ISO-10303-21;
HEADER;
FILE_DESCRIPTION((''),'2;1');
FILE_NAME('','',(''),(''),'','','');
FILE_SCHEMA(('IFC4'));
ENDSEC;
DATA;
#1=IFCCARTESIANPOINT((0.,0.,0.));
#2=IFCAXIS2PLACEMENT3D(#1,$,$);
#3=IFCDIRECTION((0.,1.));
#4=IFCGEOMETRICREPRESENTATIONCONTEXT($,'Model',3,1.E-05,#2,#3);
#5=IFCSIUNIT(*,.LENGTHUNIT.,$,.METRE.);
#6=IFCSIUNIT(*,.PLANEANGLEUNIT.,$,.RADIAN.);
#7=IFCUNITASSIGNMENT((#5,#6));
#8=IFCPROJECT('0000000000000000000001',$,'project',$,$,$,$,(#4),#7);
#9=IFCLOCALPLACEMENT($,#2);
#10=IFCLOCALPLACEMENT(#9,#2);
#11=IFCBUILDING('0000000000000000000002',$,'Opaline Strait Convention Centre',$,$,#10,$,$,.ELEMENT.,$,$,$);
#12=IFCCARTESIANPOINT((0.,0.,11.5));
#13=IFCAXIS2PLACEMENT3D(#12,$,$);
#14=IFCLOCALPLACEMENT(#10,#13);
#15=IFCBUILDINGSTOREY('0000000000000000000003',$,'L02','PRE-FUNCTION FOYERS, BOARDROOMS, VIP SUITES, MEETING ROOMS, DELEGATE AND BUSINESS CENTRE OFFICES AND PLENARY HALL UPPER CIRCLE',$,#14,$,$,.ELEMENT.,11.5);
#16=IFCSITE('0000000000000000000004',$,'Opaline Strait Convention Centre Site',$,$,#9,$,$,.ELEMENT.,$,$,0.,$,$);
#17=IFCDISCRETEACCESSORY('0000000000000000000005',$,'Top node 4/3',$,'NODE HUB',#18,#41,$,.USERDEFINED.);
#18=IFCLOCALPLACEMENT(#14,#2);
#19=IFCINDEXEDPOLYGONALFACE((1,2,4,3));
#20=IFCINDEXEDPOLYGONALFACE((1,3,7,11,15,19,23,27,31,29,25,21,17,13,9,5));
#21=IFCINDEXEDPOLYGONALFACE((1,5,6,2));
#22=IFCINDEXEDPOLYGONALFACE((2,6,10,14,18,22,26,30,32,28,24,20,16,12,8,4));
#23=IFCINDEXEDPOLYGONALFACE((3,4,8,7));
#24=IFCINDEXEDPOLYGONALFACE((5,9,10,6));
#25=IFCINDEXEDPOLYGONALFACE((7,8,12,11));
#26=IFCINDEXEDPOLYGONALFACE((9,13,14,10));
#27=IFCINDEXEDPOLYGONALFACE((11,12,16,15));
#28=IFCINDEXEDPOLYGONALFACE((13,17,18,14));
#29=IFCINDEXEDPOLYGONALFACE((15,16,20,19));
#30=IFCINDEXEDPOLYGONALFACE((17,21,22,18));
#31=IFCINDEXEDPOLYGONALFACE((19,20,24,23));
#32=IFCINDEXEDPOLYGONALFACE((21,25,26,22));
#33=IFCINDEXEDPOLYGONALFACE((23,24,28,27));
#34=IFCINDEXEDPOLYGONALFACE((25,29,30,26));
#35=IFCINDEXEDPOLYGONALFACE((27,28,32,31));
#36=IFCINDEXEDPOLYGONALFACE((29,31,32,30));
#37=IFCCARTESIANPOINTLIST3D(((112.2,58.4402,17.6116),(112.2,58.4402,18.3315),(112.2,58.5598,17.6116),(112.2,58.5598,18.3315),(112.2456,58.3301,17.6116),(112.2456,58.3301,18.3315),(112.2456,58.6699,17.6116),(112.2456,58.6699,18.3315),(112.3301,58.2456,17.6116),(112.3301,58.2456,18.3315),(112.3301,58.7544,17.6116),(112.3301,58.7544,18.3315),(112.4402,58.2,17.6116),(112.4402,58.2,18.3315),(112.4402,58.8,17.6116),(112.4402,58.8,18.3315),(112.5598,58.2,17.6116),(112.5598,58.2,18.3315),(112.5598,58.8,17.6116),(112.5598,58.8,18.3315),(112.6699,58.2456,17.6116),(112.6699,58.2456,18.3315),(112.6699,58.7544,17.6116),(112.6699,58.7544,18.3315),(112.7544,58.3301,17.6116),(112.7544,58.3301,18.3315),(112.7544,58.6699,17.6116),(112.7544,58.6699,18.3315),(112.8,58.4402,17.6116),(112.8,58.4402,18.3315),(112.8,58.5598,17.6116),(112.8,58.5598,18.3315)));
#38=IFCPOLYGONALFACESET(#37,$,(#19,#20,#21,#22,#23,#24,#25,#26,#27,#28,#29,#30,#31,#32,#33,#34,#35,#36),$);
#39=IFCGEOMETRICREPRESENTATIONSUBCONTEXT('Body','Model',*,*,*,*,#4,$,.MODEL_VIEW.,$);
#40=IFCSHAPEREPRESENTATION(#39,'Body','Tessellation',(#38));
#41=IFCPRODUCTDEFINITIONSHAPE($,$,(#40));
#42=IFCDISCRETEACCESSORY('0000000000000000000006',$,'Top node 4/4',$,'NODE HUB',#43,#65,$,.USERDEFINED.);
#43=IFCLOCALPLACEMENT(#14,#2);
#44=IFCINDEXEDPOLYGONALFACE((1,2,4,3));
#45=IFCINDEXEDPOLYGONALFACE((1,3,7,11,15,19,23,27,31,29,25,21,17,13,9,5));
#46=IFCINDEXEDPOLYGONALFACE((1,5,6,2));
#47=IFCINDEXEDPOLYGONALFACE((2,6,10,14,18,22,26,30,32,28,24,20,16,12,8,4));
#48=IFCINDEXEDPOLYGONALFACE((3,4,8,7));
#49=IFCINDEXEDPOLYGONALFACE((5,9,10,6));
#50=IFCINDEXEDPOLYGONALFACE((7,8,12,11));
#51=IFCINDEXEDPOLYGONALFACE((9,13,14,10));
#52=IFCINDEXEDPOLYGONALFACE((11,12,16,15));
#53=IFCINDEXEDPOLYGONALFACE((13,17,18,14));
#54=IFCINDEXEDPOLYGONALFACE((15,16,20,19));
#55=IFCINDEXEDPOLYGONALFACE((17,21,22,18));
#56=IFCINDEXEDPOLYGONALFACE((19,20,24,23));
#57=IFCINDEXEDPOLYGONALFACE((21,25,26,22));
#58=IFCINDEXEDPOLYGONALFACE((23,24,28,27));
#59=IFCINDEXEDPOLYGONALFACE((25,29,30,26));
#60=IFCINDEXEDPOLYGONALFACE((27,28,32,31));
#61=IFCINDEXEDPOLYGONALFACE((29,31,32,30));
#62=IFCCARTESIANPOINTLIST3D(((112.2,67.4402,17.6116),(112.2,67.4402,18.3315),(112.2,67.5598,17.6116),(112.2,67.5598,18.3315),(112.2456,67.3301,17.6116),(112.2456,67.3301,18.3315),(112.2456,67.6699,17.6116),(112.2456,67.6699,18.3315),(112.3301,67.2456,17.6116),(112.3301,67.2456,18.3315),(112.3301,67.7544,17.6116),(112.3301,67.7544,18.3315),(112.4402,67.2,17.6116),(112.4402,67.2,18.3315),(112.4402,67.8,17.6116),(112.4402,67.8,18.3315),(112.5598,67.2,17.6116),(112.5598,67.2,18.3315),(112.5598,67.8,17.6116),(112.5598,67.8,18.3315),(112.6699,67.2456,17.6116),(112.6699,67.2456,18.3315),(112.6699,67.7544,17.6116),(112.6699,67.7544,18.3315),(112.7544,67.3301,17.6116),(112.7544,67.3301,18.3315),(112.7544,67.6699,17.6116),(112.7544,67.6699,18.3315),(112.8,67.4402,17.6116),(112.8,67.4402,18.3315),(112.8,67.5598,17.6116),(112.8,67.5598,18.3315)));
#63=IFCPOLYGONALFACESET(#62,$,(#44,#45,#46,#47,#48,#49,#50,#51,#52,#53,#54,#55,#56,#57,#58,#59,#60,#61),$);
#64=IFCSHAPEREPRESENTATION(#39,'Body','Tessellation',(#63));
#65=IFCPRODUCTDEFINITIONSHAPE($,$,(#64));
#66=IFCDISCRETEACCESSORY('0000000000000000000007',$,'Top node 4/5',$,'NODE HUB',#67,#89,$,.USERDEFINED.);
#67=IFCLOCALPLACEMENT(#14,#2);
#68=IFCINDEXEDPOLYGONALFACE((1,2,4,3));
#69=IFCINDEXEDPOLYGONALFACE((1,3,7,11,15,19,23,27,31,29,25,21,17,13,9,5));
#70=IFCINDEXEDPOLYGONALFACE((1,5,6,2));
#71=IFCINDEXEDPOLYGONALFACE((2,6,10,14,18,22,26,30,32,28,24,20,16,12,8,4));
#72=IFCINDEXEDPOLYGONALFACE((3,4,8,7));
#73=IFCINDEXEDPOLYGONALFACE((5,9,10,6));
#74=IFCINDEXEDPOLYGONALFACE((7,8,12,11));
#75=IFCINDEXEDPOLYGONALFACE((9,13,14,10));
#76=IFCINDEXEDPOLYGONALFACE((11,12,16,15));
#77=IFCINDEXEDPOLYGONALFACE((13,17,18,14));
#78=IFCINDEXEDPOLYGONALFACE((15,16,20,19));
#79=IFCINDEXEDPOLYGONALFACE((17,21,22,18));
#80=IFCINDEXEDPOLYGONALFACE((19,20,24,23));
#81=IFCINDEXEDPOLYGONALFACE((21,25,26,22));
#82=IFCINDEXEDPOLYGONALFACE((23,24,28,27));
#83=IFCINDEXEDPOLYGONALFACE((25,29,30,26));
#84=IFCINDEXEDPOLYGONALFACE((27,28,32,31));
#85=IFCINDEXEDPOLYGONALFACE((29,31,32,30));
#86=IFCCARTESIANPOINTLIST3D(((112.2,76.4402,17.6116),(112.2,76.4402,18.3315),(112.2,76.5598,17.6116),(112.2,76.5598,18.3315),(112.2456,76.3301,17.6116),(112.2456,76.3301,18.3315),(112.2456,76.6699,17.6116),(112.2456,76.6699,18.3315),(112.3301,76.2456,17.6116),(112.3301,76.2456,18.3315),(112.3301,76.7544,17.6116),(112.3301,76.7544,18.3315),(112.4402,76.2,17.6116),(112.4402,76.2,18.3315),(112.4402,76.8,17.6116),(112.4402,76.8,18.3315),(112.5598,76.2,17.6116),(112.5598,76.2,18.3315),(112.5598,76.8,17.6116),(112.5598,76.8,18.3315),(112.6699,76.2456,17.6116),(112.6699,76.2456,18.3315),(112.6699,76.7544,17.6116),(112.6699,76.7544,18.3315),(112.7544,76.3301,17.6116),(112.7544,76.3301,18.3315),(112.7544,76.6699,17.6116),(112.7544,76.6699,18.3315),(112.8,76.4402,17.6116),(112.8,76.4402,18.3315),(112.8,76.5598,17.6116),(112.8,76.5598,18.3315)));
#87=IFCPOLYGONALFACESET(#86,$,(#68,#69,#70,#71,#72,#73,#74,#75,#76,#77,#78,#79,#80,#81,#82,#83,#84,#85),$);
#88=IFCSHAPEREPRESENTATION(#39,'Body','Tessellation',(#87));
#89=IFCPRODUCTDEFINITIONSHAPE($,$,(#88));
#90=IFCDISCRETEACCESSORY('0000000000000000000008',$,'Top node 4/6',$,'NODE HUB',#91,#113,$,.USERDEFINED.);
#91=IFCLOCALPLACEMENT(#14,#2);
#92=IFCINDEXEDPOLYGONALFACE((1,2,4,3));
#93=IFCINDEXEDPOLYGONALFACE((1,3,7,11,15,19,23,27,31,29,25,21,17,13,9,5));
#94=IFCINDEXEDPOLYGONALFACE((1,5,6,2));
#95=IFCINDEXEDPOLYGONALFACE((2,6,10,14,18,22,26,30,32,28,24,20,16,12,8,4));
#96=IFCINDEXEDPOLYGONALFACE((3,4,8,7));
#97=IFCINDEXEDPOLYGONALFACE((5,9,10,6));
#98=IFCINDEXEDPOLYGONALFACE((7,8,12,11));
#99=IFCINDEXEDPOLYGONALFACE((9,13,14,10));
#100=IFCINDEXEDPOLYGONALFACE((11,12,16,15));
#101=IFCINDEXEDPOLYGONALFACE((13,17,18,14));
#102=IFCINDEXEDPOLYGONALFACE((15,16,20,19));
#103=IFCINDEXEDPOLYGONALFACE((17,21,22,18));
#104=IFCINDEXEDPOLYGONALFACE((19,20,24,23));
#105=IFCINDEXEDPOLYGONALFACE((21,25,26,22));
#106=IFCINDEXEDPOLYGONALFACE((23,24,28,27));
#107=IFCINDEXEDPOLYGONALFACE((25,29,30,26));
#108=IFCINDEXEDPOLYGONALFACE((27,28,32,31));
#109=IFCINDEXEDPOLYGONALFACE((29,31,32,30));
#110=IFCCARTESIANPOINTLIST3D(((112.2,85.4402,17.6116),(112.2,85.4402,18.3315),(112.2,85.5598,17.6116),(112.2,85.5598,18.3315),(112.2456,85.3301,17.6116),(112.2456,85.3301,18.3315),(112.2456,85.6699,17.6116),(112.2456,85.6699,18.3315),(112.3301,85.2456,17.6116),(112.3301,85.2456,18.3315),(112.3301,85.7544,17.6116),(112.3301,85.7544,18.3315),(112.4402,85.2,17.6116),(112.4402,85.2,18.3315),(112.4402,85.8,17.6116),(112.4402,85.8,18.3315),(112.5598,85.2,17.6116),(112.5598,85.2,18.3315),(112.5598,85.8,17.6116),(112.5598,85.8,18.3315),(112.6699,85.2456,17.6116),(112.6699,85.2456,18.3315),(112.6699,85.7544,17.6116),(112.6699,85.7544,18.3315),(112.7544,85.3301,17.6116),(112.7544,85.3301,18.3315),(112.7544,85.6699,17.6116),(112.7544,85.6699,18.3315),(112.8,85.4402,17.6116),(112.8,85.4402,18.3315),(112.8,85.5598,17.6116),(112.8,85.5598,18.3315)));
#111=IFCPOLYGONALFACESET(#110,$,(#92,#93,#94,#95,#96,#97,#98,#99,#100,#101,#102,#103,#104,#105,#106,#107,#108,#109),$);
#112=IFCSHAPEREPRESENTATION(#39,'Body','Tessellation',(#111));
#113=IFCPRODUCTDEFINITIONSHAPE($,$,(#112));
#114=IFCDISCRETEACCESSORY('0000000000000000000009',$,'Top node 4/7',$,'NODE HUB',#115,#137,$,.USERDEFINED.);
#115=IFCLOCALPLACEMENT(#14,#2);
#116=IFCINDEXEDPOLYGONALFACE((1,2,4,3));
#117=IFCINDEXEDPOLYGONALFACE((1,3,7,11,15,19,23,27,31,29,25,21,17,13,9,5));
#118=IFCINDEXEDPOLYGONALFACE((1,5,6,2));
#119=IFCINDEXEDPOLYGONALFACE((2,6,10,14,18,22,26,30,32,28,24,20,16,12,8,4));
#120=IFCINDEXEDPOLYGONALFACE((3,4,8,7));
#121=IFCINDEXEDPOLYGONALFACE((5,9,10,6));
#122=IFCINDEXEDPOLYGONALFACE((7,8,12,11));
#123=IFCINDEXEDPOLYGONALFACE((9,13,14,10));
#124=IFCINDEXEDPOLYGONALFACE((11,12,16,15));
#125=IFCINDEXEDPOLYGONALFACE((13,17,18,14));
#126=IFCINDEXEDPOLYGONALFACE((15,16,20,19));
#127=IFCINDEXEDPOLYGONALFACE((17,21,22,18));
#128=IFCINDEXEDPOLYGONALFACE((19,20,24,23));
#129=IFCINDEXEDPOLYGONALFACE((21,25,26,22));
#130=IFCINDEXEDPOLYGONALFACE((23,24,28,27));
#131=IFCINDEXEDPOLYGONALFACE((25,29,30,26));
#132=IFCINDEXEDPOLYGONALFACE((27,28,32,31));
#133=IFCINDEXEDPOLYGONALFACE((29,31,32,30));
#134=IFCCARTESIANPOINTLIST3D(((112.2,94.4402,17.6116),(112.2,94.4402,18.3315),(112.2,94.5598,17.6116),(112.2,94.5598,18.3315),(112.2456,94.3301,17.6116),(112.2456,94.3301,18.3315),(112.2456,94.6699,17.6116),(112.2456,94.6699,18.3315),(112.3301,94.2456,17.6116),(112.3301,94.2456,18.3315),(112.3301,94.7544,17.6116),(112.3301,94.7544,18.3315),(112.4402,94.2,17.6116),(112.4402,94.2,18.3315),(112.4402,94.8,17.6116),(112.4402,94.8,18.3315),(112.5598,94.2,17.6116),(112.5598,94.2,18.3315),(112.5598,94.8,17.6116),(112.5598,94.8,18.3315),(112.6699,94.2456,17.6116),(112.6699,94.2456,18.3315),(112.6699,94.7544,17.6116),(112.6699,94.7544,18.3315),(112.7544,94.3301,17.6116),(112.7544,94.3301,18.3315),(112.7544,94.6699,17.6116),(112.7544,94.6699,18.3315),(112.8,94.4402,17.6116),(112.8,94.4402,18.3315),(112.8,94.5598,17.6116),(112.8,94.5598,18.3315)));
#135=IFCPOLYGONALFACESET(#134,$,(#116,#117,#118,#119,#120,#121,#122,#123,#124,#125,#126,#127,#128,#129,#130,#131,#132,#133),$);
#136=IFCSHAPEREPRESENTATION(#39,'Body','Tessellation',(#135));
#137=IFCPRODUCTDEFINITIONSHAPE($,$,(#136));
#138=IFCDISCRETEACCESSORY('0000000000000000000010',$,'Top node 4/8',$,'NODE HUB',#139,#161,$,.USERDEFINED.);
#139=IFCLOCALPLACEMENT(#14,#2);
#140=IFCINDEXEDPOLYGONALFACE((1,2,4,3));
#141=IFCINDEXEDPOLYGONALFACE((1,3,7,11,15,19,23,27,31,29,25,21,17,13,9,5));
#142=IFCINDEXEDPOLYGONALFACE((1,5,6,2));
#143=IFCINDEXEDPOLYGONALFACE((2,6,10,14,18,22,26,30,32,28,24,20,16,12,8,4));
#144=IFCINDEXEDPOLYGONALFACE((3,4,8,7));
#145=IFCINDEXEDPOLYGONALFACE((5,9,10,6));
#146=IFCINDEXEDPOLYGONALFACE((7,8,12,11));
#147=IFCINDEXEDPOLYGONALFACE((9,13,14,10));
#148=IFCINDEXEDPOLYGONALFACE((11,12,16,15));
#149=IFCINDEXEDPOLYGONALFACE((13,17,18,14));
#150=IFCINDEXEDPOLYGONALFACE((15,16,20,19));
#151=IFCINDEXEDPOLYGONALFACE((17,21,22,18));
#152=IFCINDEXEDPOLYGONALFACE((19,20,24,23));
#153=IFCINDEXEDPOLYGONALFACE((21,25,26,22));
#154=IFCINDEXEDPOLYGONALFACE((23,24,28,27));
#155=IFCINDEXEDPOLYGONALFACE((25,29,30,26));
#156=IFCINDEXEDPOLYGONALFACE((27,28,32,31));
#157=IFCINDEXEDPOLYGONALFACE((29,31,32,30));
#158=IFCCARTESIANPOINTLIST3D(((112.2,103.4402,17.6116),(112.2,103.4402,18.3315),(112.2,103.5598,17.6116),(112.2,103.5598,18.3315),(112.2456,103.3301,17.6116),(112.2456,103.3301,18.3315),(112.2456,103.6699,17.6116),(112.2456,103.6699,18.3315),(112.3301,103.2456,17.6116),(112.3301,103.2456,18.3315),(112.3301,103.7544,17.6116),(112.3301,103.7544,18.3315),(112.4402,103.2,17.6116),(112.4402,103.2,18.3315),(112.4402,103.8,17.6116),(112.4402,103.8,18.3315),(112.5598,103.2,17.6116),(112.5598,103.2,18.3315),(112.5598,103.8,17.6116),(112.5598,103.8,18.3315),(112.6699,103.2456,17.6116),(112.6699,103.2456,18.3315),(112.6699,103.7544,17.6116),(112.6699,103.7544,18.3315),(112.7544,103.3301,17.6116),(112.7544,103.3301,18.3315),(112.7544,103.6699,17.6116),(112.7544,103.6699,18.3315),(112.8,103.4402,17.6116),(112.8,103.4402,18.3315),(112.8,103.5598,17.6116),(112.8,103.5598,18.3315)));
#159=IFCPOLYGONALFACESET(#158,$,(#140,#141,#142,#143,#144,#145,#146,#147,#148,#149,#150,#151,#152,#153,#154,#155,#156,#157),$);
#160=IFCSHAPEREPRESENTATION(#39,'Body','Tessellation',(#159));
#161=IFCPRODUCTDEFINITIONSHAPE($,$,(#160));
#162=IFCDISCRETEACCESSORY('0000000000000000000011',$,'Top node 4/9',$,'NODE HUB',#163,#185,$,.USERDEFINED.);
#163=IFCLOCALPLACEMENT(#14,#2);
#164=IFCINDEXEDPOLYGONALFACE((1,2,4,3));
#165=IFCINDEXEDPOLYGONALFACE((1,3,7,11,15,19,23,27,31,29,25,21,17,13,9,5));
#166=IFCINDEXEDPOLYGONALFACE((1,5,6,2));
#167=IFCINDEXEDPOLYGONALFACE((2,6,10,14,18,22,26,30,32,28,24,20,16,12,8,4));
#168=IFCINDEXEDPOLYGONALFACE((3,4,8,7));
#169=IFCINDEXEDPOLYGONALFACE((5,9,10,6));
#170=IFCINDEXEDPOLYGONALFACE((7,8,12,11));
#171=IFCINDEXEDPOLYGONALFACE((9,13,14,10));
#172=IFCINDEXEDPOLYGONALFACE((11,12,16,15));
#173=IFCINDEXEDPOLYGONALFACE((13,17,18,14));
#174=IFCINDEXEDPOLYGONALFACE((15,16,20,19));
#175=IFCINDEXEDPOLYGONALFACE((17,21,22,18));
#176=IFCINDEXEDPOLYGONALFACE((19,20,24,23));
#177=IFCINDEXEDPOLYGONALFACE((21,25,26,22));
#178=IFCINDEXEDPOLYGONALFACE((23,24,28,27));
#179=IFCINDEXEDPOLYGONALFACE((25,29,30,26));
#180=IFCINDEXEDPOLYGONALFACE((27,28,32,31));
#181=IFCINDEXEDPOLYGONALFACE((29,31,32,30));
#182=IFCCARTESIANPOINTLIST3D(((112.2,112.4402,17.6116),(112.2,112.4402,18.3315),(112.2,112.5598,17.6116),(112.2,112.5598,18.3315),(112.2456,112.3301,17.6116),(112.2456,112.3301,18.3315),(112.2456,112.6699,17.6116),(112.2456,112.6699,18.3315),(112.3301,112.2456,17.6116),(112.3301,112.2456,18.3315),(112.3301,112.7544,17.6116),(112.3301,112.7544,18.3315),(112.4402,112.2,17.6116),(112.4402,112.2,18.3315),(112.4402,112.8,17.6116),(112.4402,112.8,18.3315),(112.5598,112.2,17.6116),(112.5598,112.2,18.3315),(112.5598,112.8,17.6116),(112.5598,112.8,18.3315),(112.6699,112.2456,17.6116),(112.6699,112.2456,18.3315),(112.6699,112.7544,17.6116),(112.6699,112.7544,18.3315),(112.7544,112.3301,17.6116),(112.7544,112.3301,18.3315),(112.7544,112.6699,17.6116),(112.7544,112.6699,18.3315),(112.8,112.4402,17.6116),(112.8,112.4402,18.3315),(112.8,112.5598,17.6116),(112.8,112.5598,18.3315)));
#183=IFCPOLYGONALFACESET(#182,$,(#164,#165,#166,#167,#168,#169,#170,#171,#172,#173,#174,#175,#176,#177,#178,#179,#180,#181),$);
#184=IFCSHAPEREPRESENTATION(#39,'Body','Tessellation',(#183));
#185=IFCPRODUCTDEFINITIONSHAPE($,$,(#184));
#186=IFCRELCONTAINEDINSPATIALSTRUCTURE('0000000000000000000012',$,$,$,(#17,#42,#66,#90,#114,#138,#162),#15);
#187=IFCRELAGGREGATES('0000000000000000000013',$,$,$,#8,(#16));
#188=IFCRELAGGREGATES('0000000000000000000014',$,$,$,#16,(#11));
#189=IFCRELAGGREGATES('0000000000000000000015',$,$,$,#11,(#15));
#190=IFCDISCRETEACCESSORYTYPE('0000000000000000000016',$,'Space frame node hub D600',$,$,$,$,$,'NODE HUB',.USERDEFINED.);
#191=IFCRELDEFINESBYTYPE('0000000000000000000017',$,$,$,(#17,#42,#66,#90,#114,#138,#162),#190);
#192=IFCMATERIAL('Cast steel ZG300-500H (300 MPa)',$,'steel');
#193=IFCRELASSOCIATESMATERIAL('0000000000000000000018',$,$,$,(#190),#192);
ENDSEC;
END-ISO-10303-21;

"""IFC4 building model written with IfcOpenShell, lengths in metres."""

from ifc_helpers import new_model, si_unit, direction, frame, origin, place, context, subcontext, project, spatial, polyline, outline, extrude, material, type_object, element, save


model = new_model("IFC4")

# Units and contexts
model_context = context("Model", 3, precision=1e-05, world=origin(), true_north=direction((0.0, 1.0)))
body_context = subcontext(model_context, "Body", "Model", "MODEL_VIEW")
ifc_project = project(units=[si_unit("LENGTHUNIT", "METRE"), si_unit("PLANEANGLEUNIT", "RADIAN")], contexts=[model_context])

# Site, building, storey
site_placement = place(None, origin())
site = spatial("IfcSite", under=ifc_project, at=site_placement, Name="Opaline Strait Convention Centre Site", CompositionType="ELEMENT", RefElevation=0.0)
building_placement = place(site_placement, origin())
building = spatial("IfcBuilding", under=site, at=building_placement, Name="Opaline Strait Convention Centre", CompositionType="ELEMENT")
storey_placement = place(building_placement, frame((0.0, 0.0, 11.5)))
storey = spatial("IfcBuildingStorey", under=building, at=storey_placement, Name="L02", Description="PRE-FUNCTION FOYERS, BOARDROOMS, VIP SUITES, MEETING ROOMS, DELEGATE AND BUSINESS CENTRE OFFICES AND PLENARY HALL UPPER CIRCLE", CompositionType="ELEMENT", Elevation=11.5)

# Discrete accessories
ifc_material = material(Name="Cast steel ZG300-500H (300 MPa)", Category="steel")
discrete_accessory_type = type_object("IfcDiscreteAccessoryType", Name="Space frame node hub D600", ElementType="NODE HUB", PredefinedType="USERDEFINED", material=ifc_material)
discrete_accessory_1_placement = place(storey_placement, frame((0.0, 0.0, 17.6116)))
element("IfcDiscreteAccessory", 1, at=discrete_accessory_1_placement, inside=storey, type_object=discrete_accessory_type, Name="Top node 4/3", ObjectType="NODE HUB", PredefinedType="USERDEFINED", context=body_context, shape_type="SweptSolid", body=[
    extrude(outline(polyline([(112.8, 58.5598), (112.7544, 58.6699), (112.6699, 58.7544), (112.5598, 58.8), (112.4402, 58.8), (112.3301, 58.7544), (112.2456, 58.6699), (112.2, 58.5598), (112.2, 58.4402), (112.2456, 58.3301), (112.3301, 58.2456), (112.4402, 58.2), (112.5598, 58.2), (112.6699, 58.2456), (112.7544, 58.3301), (112.8, 58.4402), (112.8, 58.5598)])), origin(), (0.0, 0.0, 1.0), 0.72),
])
discrete_accessory_2_placement = place(storey_placement, frame((0.0, 0.0, 17.6116)))
element("IfcDiscreteAccessory", 2, at=discrete_accessory_2_placement, inside=storey, type_object=discrete_accessory_type, Name="Top node 4/4", ObjectType="NODE HUB", PredefinedType="USERDEFINED", context=body_context, shape_type="SweptSolid", body=[
    extrude(outline(polyline([(112.8, 67.5598), (112.7544, 67.6699), (112.6699, 67.7544), (112.5598, 67.8), (112.4402, 67.8), (112.3301, 67.7544), (112.2456, 67.6699), (112.2, 67.5598), (112.2, 67.4402), (112.2456, 67.3301), (112.3301, 67.2456), (112.4402, 67.2), (112.5598, 67.2), (112.6699, 67.2456), (112.7544, 67.3301), (112.8, 67.4402), (112.8, 67.5598)])), origin(), (0.0, 0.0, 1.0), 0.72),
])
discrete_accessory_3_placement = place(storey_placement, frame((0.0, 0.0, 17.6116)))
element("IfcDiscreteAccessory", 3, at=discrete_accessory_3_placement, inside=storey, type_object=discrete_accessory_type, Name="Top node 4/5", ObjectType="NODE HUB", PredefinedType="USERDEFINED", context=body_context, shape_type="SweptSolid", body=[
    extrude(outline(polyline([(112.8, 76.5598), (112.7544, 76.6699), (112.6699, 76.7544), (112.5598, 76.8), (112.4402, 76.8), (112.3301, 76.7544), (112.2456, 76.6699), (112.2, 76.5598), (112.2, 76.4402), (112.2456, 76.3301), (112.3301, 76.2456), (112.4402, 76.2), (112.5598, 76.2), (112.6699, 76.2456), (112.7544, 76.3301), (112.8, 76.4402), (112.8, 76.5598)])), origin(), (0.0, 0.0, 1.0), 0.72),
])
discrete_accessory_4_placement = place(storey_placement, frame((0.0, 0.0, 17.6116)))
element("IfcDiscreteAccessory", 4, at=discrete_accessory_4_placement, inside=storey, type_object=discrete_accessory_type, Name="Top node 4/6", ObjectType="NODE HUB", PredefinedType="USERDEFINED", context=body_context, shape_type="SweptSolid", body=[
    extrude(outline(polyline([(112.8, 85.5598), (112.7544, 85.6699), (112.6699, 85.7544), (112.5598, 85.8), (112.4402, 85.8), (112.3301, 85.7544), (112.2456, 85.6699), (112.2, 85.5598), (112.2, 85.4402), (112.2456, 85.3301), (112.3301, 85.2456), (112.4402, 85.2), (112.5598, 85.2), (112.6699, 85.2456), (112.7544, 85.3301), (112.8, 85.4402), (112.8, 85.5598)])), origin(), (0.0, 0.0, 1.0), 0.72),
])
discrete_accessory_5_placement = place(storey_placement, frame((0.0, 0.0, 17.6116)))
element("IfcDiscreteAccessory", 5, at=discrete_accessory_5_placement, inside=storey, type_object=discrete_accessory_type, Name="Top node 4/7", ObjectType="NODE HUB", PredefinedType="USERDEFINED", context=body_context, shape_type="SweptSolid", body=[
    extrude(outline(polyline([(112.8, 94.5598), (112.7544, 94.6699), (112.6699, 94.7544), (112.5598, 94.8), (112.4402, 94.8), (112.3301, 94.7544), (112.2456, 94.6699), (112.2, 94.5598), (112.2, 94.4402), (112.2456, 94.3301), (112.3301, 94.2456), (112.4402, 94.2), (112.5598, 94.2), (112.6699, 94.2456), (112.7544, 94.3301), (112.8, 94.4402), (112.8, 94.5598)])), origin(), (0.0, 0.0, 1.0), 0.72),
])
discrete_accessory_6_placement = place(storey_placement, frame((0.0, 0.0, 17.6116)))
element("IfcDiscreteAccessory", 6, at=discrete_accessory_6_placement, inside=storey, type_object=discrete_accessory_type, Name="Top node 4/8", ObjectType="NODE HUB", PredefinedType="USERDEFINED", context=body_context, shape_type="SweptSolid", body=[
    extrude(outline(polyline([(112.8, 103.5598), (112.7544, 103.6699), (112.6699, 103.7544), (112.5598, 103.8), (112.4402, 103.8), (112.3301, 103.7544), (112.2456, 103.6699), (112.2, 103.5598), (112.2, 103.4402), (112.2456, 103.3301), (112.3301, 103.2456), (112.4402, 103.2), (112.5598, 103.2), (112.6699, 103.2456), (112.7544, 103.3301), (112.8, 103.4402), (112.8, 103.5598)])), origin(), (0.0, 0.0, 1.0), 0.72),
])
discrete_accessory_7_placement = place(storey_placement, frame((0.0, 0.0, 17.6116)))
element("IfcDiscreteAccessory", 7, at=discrete_accessory_7_placement, inside=storey, type_object=discrete_accessory_type, Name="Top node 4/9", ObjectType="NODE HUB", PredefinedType="USERDEFINED", context=body_context, shape_type="SweptSolid", body=[
    extrude(outline(polyline([(112.8, 112.5598), (112.7544, 112.6699), (112.6699, 112.7544), (112.5598, 112.8), (112.4402, 112.8), (112.3301, 112.7544), (112.2456, 112.6699), (112.2, 112.5598), (112.2, 112.4402), (112.2456, 112.3301), (112.3301, 112.2456), (112.4402, 112.2), (112.5598, 112.2), (112.6699, 112.2456), (112.7544, 112.3301), (112.8, 112.4402), (112.8, 112.5598)])), origin(), (0.0, 0.0, 1.0), 0.72),
])

save(model, "model.ifc")
